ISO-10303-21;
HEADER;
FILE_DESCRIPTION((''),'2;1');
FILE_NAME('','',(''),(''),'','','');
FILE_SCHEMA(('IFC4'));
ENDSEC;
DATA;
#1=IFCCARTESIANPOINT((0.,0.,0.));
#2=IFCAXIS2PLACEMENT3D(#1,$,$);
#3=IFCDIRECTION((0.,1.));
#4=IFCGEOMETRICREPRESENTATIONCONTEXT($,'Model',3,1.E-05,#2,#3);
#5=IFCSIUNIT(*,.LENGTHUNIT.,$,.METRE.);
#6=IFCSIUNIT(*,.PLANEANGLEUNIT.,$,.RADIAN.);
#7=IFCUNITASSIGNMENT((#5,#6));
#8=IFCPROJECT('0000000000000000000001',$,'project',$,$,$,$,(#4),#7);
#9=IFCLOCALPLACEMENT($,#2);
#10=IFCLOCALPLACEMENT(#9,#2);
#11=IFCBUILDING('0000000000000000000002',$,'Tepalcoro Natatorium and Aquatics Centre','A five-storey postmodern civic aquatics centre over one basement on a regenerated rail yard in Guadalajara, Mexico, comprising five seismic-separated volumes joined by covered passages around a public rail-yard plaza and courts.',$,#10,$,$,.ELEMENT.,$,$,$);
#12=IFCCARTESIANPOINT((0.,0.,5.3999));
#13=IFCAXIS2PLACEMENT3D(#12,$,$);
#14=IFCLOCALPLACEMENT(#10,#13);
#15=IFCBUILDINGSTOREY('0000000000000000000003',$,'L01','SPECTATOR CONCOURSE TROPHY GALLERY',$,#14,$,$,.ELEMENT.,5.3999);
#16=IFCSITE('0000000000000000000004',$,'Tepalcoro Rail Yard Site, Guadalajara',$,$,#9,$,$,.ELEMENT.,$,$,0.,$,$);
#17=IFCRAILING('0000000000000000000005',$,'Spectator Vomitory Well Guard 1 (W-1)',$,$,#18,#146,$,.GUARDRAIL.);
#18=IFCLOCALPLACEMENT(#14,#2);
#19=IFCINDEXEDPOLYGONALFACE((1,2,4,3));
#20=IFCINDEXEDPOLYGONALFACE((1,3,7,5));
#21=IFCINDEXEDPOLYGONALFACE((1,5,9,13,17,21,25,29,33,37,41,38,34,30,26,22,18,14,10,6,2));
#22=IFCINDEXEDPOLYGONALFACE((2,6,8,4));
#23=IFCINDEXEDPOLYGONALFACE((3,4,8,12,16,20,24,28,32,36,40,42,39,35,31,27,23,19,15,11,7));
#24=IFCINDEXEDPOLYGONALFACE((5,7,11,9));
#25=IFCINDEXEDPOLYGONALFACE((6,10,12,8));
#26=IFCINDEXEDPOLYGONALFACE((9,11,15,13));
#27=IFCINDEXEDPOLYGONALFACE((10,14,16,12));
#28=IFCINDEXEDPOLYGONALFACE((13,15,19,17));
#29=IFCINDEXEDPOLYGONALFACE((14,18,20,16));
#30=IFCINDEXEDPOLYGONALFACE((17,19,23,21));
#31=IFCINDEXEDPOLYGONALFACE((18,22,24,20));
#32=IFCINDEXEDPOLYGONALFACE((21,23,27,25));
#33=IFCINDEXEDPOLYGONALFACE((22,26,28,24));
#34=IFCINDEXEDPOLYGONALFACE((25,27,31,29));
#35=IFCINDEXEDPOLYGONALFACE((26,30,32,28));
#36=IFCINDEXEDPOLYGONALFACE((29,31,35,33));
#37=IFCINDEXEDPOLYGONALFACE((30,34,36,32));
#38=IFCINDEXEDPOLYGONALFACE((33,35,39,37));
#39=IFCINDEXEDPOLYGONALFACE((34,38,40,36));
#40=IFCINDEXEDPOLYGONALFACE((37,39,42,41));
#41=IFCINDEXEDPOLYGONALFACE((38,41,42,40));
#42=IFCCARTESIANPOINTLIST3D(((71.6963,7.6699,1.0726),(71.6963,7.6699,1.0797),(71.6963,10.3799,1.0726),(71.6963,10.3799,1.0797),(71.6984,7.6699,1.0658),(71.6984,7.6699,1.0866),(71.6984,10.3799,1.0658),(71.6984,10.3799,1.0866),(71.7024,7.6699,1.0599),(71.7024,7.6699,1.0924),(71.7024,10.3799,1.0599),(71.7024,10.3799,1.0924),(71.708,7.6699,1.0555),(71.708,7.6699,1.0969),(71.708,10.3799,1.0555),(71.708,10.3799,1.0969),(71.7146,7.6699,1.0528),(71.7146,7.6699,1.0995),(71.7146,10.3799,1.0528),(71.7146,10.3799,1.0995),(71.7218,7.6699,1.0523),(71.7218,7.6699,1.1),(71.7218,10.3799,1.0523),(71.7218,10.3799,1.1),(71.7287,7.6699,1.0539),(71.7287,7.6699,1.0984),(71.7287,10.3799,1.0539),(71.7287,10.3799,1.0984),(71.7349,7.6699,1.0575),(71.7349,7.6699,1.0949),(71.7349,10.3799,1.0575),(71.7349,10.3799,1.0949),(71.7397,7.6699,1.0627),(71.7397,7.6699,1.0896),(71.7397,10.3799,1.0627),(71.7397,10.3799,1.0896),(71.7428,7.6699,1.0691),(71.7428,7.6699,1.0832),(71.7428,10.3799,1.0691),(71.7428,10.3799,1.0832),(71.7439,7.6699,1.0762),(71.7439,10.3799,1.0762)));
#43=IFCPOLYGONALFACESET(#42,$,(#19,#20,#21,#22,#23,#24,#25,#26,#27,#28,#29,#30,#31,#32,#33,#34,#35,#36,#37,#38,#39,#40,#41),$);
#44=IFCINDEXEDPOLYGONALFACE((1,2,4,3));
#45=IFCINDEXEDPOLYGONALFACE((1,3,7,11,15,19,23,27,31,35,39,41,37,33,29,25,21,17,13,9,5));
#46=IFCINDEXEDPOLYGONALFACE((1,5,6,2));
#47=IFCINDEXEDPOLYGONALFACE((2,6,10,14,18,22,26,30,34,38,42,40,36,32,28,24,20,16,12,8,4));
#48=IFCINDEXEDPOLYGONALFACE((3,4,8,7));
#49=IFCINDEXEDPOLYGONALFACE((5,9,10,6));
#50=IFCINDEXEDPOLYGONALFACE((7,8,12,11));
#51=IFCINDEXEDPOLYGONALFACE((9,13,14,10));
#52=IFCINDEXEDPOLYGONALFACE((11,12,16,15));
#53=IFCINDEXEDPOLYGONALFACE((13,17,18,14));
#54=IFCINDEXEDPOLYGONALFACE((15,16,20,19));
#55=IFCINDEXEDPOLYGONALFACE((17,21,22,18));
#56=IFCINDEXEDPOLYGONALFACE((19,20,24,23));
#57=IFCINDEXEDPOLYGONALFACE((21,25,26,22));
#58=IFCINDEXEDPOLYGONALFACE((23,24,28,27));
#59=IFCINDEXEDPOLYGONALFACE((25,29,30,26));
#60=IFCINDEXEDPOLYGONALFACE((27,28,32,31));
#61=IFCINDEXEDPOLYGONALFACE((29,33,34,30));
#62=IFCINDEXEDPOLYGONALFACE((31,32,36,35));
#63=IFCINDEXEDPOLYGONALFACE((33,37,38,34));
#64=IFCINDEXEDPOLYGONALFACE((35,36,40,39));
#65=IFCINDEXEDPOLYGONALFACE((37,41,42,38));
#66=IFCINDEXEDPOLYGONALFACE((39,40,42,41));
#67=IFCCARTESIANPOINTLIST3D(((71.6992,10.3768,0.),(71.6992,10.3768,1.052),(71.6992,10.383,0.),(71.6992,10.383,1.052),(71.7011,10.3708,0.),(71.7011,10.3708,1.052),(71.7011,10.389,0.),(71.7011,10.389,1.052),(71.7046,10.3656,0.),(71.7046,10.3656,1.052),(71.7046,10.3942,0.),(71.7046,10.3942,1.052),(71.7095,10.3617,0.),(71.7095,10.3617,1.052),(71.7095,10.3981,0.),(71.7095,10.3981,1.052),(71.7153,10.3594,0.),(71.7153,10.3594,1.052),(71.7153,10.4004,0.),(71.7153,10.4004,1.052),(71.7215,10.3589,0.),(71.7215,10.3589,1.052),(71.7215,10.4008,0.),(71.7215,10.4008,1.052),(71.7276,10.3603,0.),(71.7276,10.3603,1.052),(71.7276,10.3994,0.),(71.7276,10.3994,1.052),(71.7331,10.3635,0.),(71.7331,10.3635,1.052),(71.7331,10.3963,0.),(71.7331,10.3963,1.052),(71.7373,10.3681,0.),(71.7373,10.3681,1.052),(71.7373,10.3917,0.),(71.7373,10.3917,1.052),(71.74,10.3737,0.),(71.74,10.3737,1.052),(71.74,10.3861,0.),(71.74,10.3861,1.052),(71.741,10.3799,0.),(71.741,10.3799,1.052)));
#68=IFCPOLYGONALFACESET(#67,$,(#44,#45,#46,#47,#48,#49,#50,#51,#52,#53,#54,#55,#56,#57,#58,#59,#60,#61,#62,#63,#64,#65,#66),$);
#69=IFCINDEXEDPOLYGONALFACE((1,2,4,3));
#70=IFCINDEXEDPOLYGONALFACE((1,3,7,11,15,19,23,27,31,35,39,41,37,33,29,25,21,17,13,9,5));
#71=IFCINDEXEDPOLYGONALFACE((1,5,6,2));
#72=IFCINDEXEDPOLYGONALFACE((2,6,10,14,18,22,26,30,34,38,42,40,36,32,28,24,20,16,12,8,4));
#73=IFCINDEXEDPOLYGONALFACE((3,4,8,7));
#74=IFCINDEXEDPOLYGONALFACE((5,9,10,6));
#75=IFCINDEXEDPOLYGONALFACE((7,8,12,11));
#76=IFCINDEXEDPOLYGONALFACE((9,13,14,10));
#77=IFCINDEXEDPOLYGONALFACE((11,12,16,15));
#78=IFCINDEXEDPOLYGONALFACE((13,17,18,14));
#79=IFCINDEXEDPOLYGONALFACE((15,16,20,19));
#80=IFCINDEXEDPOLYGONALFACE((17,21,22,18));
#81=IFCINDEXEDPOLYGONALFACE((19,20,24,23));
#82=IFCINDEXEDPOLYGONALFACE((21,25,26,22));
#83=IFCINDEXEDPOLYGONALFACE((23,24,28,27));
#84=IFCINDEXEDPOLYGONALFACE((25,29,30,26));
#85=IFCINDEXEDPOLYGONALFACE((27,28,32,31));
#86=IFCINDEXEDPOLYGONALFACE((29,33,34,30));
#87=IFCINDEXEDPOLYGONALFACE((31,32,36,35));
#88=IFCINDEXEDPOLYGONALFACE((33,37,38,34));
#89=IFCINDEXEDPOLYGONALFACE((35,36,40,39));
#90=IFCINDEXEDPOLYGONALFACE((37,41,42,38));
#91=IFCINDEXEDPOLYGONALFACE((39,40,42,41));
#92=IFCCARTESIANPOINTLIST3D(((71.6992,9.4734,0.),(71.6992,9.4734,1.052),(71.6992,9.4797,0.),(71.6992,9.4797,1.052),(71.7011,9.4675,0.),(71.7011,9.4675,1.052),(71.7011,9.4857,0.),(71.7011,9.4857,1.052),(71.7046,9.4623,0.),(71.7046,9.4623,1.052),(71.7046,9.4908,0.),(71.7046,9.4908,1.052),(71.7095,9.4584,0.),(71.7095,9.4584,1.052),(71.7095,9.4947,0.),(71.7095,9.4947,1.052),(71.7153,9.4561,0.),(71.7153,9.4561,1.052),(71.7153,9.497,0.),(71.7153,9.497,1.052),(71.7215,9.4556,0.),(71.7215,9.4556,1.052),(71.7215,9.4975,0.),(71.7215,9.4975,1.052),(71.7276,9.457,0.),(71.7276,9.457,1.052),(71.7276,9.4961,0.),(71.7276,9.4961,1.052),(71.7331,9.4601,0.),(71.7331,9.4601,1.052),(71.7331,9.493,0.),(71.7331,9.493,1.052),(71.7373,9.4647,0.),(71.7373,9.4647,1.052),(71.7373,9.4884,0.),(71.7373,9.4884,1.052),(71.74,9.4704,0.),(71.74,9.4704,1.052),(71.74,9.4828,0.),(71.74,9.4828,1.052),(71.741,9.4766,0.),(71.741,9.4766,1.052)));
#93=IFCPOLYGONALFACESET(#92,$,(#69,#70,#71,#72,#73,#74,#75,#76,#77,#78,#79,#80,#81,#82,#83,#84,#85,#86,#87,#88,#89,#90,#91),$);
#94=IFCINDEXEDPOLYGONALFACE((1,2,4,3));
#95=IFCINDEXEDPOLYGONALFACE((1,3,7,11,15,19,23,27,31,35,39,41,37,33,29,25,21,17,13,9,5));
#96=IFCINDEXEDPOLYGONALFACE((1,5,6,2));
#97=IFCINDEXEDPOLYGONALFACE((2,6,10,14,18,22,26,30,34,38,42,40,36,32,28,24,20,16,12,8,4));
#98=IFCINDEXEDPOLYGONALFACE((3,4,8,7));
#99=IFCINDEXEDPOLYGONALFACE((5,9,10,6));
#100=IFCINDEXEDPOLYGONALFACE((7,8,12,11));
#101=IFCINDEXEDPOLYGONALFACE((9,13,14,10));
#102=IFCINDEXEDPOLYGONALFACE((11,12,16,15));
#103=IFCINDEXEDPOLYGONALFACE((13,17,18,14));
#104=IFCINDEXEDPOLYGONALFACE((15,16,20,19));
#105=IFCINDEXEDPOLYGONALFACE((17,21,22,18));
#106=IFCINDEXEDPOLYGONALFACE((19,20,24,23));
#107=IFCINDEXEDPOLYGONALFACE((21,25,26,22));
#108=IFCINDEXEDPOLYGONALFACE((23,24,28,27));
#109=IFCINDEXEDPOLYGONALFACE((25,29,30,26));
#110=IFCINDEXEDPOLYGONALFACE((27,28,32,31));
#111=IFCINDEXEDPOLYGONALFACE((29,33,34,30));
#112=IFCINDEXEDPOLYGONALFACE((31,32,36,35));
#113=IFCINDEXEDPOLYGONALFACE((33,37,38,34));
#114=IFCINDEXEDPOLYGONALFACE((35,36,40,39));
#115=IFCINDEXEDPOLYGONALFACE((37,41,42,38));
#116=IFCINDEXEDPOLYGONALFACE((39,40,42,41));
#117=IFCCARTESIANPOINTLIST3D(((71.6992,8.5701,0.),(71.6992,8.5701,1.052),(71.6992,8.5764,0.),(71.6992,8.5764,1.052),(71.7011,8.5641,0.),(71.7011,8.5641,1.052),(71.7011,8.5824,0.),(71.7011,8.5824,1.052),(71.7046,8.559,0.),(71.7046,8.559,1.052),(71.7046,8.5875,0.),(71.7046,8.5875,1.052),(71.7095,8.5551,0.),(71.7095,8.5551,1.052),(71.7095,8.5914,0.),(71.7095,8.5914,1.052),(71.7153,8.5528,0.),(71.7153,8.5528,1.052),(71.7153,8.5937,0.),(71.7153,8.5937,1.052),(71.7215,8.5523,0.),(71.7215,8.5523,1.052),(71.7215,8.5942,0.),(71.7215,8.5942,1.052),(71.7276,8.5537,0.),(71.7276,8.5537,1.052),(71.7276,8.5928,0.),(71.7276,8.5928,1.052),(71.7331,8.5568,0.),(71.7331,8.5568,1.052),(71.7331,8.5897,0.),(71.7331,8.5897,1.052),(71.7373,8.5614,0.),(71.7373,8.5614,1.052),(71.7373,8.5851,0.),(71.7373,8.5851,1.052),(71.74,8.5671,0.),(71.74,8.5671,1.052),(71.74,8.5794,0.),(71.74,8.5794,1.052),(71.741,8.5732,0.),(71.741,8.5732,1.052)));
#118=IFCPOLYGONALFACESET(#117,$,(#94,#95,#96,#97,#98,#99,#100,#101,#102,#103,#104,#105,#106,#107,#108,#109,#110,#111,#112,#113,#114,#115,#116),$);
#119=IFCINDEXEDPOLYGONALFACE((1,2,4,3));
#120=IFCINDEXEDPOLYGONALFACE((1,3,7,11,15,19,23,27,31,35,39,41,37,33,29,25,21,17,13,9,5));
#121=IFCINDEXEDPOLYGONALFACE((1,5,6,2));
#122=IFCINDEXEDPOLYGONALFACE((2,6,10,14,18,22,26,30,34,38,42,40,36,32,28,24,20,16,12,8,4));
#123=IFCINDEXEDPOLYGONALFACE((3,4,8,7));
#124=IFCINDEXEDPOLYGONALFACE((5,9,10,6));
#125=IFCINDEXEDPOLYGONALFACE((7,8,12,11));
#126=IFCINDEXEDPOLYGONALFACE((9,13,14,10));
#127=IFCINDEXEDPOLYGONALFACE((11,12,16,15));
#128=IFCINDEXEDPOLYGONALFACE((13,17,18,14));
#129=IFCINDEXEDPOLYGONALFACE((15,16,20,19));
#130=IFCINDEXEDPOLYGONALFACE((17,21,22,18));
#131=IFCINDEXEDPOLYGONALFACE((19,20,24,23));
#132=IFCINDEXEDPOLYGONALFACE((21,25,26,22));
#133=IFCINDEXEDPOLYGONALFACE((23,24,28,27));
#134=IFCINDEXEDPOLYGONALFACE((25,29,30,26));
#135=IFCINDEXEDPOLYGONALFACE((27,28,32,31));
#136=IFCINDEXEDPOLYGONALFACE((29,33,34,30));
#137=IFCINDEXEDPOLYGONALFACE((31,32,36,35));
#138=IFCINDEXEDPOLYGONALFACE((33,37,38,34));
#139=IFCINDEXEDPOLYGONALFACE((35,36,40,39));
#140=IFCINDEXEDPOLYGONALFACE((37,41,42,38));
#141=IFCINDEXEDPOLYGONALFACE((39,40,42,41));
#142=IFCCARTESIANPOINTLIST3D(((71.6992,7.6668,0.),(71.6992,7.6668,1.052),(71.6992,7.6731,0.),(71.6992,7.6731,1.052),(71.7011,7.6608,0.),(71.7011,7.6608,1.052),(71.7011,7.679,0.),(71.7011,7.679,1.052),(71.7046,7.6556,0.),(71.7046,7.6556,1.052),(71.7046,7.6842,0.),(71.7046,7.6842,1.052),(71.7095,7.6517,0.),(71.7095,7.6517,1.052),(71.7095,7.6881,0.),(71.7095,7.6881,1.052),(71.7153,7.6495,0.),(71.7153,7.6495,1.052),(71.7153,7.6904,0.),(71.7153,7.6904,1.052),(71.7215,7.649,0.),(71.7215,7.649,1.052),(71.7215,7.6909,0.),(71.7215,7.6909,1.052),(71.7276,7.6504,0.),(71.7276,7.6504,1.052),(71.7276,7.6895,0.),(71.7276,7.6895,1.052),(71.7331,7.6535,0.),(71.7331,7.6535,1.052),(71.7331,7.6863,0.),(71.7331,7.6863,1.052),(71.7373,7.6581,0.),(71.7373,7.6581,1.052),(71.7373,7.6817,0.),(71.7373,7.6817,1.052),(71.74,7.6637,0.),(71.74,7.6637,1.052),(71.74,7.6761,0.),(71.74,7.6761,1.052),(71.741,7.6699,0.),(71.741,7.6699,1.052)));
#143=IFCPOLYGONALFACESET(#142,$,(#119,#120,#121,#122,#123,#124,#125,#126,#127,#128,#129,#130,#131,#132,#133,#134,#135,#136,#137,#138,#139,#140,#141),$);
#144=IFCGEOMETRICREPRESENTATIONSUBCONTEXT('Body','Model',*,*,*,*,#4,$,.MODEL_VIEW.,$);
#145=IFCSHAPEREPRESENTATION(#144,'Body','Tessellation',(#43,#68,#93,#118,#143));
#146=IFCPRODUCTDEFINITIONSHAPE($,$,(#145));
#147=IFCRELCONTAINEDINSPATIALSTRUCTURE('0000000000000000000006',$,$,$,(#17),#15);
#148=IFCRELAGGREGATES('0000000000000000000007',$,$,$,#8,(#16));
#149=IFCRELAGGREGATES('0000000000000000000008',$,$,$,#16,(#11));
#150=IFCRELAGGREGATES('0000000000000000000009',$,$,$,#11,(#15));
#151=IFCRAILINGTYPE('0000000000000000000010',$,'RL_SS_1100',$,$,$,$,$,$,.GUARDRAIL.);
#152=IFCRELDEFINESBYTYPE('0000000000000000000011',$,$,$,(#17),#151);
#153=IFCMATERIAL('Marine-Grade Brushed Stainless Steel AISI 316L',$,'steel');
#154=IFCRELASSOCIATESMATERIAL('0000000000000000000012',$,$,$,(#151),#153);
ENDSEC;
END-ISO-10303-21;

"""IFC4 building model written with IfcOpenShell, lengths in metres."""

from ifc_helpers import new_model, si_unit, direction, frame, origin, origin_2d, place, context, subcontext, project, spatial, circle, extrude, material, type_object, element, save


model = new_model("IFC4")

# Units and contexts
model_context = context("Model", 3, precision=1e-05, world=origin(), true_north=direction((0.0, 1.0)))
body_context = subcontext(model_context, "Body", "Model", "MODEL_VIEW")
ifc_project = project(units=[si_unit("LENGTHUNIT", "METRE"), si_unit("PLANEANGLEUNIT", "RADIAN")], contexts=[model_context])

# Site, building, storey
site_placement = place(None, origin())
site = spatial("IfcSite", under=ifc_project, at=site_placement, Name="Tepalcoro Rail Yard Site, Guadalajara", CompositionType="ELEMENT", RefElevation=0.0)
building_placement = place(site_placement, origin())
building = spatial("IfcBuilding", under=site, at=building_placement, Name="Tepalcoro Natatorium and Aquatics Centre", Description="A five-storey postmodern civic aquatics centre over one basement on a regenerated rail yard in Guadalajara, Mexico, comprising five seismic-separated volumes joined by covered passages around a public rail-yard plaza and courts.", CompositionType="ELEMENT")
storey_placement = place(building_placement, frame((0.0, 0.0, 5.3999)))
storey = spatial("IfcBuildingStorey", under=building, at=storey_placement, Name="L01", Description="SPECTATOR CONCOURSE TROPHY GALLERY", CompositionType="ELEMENT", Elevation=5.3999)

# Railing
ifc_material_1 = material(Name="Marine-Grade Brushed Stainless Steel AISI 316L", Category="steel")
railing_type = type_object("IfcRailingType", Name="RL_SS_1100", PredefinedType="GUARDRAIL", material=ifc_material_1)
railing_1_placement = place(storey_placement, frame((71.72, 10.3799, 0.0)))
element("IfcRailing", 1, at=railing_1_placement, inside=storey, type_object=railing_type, Name="Spectator Vomitory Well Guard 1 (W-1)", PredefinedType="GUARDRAIL", context=body_context, shape_type="SweptSolid", body=[
    extrude(circle(Radius=0.0239, at=origin_2d()), frame((0.0, 0.0, 1.0762), z_axis=(0.0, -1.0, 0.0), x_axis=(1.0, 0.0, 0.0)), (0.0, 0.0, 1.0), 2.71),
    extrude(circle(Radius=0.021, at=origin_2d()), origin(), (0.0, 0.0, 1.0), 1.052),
    extrude(circle(Radius=0.021, at=origin_2d()), frame((0.0, -0.9033, 0.0)), (0.0, 0.0, 1.0), 1.052),
    extrude(circle(Radius=0.021, at=origin_2d()), frame((0.0, -1.8066, 0.0)), (0.0, 0.0, 1.0), 1.052),
    extrude(circle(Radius=0.021, at=origin_2d()), frame((0.0, -2.71, 0.0)), (0.0, 0.0, 1.0), 1.052),
])

save(model, "model.ifc")
